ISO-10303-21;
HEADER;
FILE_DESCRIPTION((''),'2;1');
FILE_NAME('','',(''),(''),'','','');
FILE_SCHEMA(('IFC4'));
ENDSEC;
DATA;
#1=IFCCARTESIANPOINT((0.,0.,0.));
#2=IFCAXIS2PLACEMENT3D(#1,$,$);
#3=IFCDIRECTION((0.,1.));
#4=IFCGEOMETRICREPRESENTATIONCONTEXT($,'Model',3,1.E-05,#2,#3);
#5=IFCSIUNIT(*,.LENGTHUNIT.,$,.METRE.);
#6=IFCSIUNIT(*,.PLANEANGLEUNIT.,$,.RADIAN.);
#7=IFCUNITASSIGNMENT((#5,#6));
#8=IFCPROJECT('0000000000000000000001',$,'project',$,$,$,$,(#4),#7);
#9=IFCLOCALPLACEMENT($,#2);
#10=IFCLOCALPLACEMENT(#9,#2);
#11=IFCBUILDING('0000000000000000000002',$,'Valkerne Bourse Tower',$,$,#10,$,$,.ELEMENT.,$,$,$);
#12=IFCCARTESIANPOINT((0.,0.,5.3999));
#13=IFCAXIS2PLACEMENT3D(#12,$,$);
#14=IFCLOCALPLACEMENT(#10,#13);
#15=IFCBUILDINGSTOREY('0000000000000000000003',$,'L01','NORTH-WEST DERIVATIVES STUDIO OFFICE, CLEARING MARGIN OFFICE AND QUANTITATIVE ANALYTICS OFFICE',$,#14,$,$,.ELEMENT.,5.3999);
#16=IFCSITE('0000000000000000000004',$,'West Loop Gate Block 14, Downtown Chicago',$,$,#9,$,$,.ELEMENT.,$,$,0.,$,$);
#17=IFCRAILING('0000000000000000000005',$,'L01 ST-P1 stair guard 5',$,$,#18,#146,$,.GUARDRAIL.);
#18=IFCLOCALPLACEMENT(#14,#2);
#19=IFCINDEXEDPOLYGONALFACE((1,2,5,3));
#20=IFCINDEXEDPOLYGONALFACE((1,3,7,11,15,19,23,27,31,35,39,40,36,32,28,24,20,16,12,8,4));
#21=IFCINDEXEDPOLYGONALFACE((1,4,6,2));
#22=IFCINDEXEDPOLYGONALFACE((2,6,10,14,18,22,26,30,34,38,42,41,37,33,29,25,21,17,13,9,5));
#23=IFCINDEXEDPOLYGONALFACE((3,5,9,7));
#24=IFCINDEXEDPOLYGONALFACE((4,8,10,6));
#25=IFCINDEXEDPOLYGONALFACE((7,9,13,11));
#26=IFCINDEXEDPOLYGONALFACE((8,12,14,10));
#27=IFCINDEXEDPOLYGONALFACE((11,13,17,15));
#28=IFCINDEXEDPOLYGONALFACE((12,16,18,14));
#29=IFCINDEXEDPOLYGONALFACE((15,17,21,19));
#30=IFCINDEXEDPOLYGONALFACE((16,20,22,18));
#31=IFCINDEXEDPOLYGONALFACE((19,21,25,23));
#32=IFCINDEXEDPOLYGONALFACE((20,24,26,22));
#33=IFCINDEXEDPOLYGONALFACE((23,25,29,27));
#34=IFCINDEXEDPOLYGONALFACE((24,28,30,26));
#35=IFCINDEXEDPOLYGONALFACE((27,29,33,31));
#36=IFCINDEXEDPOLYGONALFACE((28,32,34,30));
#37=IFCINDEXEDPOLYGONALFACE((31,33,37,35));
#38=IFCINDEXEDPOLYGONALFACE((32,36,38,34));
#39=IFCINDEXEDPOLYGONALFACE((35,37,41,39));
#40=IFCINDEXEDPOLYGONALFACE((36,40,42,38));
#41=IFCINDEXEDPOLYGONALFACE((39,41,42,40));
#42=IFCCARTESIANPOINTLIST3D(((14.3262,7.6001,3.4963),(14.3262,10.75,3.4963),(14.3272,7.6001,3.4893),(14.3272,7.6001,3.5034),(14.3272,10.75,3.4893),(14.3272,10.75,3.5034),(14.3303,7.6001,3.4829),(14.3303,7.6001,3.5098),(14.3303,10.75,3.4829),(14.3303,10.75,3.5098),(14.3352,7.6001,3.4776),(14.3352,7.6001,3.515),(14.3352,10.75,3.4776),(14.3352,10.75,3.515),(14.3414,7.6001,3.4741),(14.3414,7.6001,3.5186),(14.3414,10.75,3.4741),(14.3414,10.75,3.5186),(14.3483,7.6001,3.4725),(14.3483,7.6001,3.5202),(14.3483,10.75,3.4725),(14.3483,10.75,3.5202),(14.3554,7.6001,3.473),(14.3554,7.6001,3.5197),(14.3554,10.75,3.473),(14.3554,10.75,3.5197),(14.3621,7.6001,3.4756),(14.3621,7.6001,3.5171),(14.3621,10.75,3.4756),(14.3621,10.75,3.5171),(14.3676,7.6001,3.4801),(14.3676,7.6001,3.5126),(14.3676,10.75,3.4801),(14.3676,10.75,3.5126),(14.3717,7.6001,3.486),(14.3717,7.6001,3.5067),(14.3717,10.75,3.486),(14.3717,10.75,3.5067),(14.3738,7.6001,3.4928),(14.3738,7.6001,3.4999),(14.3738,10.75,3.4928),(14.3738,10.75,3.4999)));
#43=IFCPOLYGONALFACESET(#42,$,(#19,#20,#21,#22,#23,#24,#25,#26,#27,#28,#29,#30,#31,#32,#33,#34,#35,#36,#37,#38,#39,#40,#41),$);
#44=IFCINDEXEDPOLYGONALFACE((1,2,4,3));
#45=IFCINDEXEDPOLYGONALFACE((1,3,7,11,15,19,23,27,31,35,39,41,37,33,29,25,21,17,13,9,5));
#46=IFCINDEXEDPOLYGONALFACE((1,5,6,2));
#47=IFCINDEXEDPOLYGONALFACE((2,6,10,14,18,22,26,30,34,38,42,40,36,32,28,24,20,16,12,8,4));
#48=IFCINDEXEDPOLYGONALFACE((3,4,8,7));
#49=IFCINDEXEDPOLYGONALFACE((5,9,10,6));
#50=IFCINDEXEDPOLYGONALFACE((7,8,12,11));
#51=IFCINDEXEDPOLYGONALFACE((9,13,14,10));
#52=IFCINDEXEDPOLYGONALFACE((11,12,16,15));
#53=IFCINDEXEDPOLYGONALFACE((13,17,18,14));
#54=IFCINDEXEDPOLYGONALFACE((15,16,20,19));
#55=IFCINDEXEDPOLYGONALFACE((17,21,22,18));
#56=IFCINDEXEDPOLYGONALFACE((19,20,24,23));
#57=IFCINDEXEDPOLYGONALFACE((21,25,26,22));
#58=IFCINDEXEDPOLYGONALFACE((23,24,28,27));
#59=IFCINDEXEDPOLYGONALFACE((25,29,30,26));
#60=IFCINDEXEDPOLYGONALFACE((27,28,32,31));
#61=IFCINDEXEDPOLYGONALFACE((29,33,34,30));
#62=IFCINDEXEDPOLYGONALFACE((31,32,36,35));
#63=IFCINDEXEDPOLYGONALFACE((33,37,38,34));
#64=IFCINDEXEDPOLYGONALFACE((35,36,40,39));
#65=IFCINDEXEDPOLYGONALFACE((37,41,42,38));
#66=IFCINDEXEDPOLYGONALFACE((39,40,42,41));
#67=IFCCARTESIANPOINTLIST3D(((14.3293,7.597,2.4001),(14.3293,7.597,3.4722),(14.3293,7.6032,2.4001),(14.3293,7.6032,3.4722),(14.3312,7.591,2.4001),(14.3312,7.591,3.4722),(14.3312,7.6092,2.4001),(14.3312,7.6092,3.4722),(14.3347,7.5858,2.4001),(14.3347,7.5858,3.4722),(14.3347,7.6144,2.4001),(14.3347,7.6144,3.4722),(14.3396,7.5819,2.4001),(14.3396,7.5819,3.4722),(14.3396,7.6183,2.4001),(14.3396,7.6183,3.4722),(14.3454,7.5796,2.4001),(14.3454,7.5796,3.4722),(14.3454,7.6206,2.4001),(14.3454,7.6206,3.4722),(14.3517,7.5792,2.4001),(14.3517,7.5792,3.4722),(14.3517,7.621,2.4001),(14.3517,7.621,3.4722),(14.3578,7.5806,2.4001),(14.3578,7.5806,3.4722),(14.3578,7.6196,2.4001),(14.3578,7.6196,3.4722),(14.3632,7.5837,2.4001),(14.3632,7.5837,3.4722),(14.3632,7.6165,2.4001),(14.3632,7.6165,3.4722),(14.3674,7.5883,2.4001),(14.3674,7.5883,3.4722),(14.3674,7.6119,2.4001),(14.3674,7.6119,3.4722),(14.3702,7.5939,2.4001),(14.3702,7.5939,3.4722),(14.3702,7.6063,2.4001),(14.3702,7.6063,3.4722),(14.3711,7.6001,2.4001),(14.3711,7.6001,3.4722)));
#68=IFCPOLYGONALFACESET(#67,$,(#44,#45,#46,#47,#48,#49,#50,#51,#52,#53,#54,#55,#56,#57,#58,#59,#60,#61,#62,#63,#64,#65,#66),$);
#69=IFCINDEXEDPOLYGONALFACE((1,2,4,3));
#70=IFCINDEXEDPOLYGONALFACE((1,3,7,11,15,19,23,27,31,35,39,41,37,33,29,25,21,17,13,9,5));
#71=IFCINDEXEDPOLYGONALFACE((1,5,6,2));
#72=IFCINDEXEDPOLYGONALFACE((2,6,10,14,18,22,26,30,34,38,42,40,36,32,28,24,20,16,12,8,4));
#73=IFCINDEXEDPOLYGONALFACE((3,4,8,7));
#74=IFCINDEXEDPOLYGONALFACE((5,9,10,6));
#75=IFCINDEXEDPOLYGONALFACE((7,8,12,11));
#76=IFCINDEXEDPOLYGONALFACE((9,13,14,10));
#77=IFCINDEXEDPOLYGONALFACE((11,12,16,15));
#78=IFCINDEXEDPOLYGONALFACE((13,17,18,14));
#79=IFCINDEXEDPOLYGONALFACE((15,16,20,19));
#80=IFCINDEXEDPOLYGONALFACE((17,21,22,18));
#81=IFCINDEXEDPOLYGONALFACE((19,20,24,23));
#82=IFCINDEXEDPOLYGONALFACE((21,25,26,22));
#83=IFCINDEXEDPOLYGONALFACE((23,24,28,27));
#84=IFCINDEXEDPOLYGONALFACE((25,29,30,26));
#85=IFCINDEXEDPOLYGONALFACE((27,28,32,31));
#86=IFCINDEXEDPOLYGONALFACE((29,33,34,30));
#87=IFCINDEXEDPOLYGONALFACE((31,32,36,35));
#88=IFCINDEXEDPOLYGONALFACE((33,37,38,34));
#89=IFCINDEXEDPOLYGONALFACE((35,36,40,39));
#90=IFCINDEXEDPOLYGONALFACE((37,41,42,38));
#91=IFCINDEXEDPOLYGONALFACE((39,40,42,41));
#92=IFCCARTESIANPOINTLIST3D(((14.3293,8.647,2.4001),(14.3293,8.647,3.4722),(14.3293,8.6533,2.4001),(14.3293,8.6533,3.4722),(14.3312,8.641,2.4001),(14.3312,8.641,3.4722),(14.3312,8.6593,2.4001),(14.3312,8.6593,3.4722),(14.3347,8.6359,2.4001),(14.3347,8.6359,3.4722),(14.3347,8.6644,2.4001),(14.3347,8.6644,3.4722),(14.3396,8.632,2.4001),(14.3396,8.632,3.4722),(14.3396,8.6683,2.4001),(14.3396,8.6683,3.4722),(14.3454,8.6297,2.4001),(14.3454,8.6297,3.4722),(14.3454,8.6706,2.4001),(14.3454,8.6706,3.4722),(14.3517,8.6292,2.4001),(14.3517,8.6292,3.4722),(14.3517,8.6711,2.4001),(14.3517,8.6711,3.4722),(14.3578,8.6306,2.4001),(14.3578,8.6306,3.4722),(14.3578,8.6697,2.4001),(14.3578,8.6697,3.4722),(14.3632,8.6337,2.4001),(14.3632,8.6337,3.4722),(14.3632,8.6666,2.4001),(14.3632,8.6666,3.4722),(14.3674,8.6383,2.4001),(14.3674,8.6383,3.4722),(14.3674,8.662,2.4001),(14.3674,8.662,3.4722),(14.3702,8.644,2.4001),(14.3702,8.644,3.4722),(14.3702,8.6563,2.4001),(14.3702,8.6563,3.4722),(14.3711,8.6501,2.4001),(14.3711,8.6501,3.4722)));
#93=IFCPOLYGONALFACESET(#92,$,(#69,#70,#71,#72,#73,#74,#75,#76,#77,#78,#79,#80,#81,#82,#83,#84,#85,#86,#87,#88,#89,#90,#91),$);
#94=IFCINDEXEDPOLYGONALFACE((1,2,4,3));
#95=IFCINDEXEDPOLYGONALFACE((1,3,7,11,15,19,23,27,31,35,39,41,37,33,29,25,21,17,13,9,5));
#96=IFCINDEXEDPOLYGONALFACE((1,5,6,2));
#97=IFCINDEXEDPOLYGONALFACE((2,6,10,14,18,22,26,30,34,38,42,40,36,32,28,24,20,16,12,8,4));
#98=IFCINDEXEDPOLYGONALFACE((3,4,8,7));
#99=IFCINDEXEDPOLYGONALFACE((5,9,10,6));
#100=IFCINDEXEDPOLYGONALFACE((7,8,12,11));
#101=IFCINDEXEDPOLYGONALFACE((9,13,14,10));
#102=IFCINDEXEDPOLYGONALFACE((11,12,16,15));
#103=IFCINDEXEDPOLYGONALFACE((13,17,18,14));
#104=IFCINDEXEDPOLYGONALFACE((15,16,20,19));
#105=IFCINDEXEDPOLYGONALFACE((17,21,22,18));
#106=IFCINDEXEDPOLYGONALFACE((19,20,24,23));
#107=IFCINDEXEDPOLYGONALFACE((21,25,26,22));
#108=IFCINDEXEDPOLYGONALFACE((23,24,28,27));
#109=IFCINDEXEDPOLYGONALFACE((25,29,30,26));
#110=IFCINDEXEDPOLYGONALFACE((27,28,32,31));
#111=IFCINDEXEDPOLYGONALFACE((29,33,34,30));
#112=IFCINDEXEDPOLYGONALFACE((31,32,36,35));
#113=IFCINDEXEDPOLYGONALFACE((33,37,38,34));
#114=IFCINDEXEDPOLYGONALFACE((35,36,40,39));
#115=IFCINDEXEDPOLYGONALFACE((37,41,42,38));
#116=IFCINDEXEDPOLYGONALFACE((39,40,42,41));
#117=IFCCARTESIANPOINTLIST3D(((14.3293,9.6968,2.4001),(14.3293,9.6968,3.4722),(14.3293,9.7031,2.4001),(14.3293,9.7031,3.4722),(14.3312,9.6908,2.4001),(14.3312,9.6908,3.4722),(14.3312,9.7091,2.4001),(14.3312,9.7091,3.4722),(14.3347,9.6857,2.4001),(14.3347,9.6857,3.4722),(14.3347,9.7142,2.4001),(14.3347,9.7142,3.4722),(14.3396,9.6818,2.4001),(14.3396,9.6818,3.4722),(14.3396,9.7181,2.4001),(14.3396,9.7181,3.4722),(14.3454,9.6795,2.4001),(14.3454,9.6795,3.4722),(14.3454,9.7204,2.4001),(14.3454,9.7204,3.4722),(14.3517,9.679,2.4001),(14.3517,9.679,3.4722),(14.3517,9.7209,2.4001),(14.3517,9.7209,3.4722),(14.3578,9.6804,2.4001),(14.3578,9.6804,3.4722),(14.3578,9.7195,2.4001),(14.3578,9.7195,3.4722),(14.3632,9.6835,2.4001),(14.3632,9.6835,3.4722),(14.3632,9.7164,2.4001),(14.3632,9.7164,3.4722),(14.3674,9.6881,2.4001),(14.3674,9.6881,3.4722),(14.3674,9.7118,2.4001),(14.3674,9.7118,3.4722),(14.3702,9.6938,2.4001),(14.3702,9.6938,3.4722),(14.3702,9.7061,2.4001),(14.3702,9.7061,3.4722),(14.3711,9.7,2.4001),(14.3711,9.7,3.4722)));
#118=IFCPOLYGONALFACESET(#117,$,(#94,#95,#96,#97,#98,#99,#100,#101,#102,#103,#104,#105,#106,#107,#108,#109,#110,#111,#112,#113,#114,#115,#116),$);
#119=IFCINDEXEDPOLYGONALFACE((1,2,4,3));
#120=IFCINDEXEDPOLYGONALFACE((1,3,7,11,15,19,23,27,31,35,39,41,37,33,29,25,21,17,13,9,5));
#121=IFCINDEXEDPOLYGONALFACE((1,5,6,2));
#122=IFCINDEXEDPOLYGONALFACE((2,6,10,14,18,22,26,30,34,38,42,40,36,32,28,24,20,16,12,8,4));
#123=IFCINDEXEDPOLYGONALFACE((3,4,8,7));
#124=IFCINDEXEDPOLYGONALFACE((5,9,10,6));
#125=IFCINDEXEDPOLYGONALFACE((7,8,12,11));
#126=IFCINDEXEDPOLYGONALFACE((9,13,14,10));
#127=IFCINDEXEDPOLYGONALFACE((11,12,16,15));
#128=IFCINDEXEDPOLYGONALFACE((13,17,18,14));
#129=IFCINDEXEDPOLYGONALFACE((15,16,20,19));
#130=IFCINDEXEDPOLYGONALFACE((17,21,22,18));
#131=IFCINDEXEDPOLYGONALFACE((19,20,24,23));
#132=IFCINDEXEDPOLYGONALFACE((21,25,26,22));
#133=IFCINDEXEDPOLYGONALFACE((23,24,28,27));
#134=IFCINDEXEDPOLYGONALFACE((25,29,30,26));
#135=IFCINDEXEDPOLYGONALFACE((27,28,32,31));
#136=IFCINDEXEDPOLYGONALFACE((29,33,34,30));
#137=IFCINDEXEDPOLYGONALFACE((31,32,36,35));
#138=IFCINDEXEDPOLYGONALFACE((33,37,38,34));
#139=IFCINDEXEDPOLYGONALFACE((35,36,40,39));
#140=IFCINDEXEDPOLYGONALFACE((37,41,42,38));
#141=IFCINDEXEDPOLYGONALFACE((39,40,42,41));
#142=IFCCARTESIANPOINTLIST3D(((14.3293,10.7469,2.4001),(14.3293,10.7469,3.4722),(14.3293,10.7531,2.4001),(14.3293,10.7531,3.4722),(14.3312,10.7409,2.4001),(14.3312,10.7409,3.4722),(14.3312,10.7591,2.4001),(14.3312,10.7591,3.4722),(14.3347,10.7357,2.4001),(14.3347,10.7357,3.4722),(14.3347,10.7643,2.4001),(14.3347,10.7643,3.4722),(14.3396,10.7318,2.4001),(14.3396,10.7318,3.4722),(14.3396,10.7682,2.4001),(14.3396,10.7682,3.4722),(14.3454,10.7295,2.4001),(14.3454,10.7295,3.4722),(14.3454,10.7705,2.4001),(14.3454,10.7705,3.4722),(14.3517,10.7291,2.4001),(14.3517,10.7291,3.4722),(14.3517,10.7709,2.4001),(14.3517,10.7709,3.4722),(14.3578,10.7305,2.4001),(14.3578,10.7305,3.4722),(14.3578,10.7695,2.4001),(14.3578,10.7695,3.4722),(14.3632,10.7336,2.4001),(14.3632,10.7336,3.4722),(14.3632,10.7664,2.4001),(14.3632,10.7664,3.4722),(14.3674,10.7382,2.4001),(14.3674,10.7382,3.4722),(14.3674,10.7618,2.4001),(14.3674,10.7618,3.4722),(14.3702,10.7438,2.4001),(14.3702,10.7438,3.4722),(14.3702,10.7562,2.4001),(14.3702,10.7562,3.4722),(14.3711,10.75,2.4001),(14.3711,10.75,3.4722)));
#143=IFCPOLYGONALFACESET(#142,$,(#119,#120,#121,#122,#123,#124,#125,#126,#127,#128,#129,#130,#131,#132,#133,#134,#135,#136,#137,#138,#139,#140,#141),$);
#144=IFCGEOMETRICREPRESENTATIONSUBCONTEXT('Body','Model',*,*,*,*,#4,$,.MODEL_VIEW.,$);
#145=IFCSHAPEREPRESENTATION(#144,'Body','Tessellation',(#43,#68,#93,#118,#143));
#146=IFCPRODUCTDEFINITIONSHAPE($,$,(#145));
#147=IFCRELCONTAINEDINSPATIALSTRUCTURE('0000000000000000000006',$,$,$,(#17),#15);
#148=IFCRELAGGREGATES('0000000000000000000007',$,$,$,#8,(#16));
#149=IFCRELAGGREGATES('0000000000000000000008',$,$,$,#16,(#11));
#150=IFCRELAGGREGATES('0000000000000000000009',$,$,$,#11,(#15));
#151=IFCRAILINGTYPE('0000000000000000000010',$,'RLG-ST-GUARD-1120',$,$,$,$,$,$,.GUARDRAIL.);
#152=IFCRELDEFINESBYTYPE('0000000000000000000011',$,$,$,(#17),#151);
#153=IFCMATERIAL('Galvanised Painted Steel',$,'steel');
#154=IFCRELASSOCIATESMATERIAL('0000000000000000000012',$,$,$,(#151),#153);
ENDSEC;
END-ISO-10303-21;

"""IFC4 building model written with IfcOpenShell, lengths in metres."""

from ifc_helpers import new_model, si_unit, direction, frame, origin, origin_2d, place, context, subcontext, project, spatial, circle, extrude, material, type_object, element, save


model = new_model("IFC4")

# Units and contexts
model_context = context("Model", 3, precision=1e-05, world=origin(), true_north=direction((0.0, 1.0)))
body_context = subcontext(model_context, "Body", "Model", "MODEL_VIEW")
ifc_project = project(units=[si_unit("LENGTHUNIT", "METRE"), si_unit("PLANEANGLEUNIT", "RADIAN")], contexts=[model_context])

# Site, building, storey
site_placement = place(None, origin())
site = spatial("IfcSite", under=ifc_project, at=site_placement, Name="West Loop Gate Block 14, Downtown Chicago", CompositionType="ELEMENT", RefElevation=0.0)
building_placement = place(site_placement, origin())
building = spatial("IfcBuilding", under=site, at=building_placement, Name="Valkerne Bourse Tower", CompositionType="ELEMENT")
storey_placement = place(building_placement, frame((0.0, 0.0, 5.3999)))
storey = spatial("IfcBuildingStorey", under=building, at=storey_placement, Name="L01", Description="NORTH-WEST DERIVATIVES STUDIO OFFICE, CLEARING MARGIN OFFICE AND QUANTITATIVE ANALYTICS OFFICE", CompositionType="ELEMENT", Elevation=5.3999)

# Railing
ifc_material_1 = material(Name="Galvanised Painted Steel", Category="steel")
railing_type_1 = type_object("IfcRailingType", Name="RLG-ST-GUARD-1120", PredefinedType="GUARDRAIL", material=ifc_material_1)
railing_1_placement = place(storey_placement, frame((14.3501, 7.6001, 2.4001)))
element("IfcRailing", 1, at=railing_1_placement, inside=storey, type_object=railing_type_1, Name="L01 ST-P1 stair guard 5", PredefinedType="GUARDRAIL", context=body_context, shape_type="SweptSolid", body=[
    extrude(circle(Radius=0.0239, at=origin_2d()), frame((0.0, 0.0, 1.0962), z_axis=(0.0, 1.0, 0.0), x_axis=(-1.0, 0.0, 0.0)), (0.0, 0.0, 1.0), 3.1499),
    extrude(circle(Radius=0.021, at=origin_2d()), origin(), (0.0, 0.0, 1.0), 1.072),
    extrude(circle(Radius=0.021, at=origin_2d()), frame((0.0, 1.05, 0.0)), (0.0, 0.0, 1.0), 1.072),
    extrude(circle(Radius=0.021, at=origin_2d()), frame((0.0, 2.0999, 0.0)), (0.0, 0.0, 1.0), 1.072),
    extrude(circle(Radius=0.021, at=origin_2d()), frame((0.0, 3.1499, 0.0)), (0.0, 0.0, 1.0), 1.072),
])

save(model, "model.ifc")
